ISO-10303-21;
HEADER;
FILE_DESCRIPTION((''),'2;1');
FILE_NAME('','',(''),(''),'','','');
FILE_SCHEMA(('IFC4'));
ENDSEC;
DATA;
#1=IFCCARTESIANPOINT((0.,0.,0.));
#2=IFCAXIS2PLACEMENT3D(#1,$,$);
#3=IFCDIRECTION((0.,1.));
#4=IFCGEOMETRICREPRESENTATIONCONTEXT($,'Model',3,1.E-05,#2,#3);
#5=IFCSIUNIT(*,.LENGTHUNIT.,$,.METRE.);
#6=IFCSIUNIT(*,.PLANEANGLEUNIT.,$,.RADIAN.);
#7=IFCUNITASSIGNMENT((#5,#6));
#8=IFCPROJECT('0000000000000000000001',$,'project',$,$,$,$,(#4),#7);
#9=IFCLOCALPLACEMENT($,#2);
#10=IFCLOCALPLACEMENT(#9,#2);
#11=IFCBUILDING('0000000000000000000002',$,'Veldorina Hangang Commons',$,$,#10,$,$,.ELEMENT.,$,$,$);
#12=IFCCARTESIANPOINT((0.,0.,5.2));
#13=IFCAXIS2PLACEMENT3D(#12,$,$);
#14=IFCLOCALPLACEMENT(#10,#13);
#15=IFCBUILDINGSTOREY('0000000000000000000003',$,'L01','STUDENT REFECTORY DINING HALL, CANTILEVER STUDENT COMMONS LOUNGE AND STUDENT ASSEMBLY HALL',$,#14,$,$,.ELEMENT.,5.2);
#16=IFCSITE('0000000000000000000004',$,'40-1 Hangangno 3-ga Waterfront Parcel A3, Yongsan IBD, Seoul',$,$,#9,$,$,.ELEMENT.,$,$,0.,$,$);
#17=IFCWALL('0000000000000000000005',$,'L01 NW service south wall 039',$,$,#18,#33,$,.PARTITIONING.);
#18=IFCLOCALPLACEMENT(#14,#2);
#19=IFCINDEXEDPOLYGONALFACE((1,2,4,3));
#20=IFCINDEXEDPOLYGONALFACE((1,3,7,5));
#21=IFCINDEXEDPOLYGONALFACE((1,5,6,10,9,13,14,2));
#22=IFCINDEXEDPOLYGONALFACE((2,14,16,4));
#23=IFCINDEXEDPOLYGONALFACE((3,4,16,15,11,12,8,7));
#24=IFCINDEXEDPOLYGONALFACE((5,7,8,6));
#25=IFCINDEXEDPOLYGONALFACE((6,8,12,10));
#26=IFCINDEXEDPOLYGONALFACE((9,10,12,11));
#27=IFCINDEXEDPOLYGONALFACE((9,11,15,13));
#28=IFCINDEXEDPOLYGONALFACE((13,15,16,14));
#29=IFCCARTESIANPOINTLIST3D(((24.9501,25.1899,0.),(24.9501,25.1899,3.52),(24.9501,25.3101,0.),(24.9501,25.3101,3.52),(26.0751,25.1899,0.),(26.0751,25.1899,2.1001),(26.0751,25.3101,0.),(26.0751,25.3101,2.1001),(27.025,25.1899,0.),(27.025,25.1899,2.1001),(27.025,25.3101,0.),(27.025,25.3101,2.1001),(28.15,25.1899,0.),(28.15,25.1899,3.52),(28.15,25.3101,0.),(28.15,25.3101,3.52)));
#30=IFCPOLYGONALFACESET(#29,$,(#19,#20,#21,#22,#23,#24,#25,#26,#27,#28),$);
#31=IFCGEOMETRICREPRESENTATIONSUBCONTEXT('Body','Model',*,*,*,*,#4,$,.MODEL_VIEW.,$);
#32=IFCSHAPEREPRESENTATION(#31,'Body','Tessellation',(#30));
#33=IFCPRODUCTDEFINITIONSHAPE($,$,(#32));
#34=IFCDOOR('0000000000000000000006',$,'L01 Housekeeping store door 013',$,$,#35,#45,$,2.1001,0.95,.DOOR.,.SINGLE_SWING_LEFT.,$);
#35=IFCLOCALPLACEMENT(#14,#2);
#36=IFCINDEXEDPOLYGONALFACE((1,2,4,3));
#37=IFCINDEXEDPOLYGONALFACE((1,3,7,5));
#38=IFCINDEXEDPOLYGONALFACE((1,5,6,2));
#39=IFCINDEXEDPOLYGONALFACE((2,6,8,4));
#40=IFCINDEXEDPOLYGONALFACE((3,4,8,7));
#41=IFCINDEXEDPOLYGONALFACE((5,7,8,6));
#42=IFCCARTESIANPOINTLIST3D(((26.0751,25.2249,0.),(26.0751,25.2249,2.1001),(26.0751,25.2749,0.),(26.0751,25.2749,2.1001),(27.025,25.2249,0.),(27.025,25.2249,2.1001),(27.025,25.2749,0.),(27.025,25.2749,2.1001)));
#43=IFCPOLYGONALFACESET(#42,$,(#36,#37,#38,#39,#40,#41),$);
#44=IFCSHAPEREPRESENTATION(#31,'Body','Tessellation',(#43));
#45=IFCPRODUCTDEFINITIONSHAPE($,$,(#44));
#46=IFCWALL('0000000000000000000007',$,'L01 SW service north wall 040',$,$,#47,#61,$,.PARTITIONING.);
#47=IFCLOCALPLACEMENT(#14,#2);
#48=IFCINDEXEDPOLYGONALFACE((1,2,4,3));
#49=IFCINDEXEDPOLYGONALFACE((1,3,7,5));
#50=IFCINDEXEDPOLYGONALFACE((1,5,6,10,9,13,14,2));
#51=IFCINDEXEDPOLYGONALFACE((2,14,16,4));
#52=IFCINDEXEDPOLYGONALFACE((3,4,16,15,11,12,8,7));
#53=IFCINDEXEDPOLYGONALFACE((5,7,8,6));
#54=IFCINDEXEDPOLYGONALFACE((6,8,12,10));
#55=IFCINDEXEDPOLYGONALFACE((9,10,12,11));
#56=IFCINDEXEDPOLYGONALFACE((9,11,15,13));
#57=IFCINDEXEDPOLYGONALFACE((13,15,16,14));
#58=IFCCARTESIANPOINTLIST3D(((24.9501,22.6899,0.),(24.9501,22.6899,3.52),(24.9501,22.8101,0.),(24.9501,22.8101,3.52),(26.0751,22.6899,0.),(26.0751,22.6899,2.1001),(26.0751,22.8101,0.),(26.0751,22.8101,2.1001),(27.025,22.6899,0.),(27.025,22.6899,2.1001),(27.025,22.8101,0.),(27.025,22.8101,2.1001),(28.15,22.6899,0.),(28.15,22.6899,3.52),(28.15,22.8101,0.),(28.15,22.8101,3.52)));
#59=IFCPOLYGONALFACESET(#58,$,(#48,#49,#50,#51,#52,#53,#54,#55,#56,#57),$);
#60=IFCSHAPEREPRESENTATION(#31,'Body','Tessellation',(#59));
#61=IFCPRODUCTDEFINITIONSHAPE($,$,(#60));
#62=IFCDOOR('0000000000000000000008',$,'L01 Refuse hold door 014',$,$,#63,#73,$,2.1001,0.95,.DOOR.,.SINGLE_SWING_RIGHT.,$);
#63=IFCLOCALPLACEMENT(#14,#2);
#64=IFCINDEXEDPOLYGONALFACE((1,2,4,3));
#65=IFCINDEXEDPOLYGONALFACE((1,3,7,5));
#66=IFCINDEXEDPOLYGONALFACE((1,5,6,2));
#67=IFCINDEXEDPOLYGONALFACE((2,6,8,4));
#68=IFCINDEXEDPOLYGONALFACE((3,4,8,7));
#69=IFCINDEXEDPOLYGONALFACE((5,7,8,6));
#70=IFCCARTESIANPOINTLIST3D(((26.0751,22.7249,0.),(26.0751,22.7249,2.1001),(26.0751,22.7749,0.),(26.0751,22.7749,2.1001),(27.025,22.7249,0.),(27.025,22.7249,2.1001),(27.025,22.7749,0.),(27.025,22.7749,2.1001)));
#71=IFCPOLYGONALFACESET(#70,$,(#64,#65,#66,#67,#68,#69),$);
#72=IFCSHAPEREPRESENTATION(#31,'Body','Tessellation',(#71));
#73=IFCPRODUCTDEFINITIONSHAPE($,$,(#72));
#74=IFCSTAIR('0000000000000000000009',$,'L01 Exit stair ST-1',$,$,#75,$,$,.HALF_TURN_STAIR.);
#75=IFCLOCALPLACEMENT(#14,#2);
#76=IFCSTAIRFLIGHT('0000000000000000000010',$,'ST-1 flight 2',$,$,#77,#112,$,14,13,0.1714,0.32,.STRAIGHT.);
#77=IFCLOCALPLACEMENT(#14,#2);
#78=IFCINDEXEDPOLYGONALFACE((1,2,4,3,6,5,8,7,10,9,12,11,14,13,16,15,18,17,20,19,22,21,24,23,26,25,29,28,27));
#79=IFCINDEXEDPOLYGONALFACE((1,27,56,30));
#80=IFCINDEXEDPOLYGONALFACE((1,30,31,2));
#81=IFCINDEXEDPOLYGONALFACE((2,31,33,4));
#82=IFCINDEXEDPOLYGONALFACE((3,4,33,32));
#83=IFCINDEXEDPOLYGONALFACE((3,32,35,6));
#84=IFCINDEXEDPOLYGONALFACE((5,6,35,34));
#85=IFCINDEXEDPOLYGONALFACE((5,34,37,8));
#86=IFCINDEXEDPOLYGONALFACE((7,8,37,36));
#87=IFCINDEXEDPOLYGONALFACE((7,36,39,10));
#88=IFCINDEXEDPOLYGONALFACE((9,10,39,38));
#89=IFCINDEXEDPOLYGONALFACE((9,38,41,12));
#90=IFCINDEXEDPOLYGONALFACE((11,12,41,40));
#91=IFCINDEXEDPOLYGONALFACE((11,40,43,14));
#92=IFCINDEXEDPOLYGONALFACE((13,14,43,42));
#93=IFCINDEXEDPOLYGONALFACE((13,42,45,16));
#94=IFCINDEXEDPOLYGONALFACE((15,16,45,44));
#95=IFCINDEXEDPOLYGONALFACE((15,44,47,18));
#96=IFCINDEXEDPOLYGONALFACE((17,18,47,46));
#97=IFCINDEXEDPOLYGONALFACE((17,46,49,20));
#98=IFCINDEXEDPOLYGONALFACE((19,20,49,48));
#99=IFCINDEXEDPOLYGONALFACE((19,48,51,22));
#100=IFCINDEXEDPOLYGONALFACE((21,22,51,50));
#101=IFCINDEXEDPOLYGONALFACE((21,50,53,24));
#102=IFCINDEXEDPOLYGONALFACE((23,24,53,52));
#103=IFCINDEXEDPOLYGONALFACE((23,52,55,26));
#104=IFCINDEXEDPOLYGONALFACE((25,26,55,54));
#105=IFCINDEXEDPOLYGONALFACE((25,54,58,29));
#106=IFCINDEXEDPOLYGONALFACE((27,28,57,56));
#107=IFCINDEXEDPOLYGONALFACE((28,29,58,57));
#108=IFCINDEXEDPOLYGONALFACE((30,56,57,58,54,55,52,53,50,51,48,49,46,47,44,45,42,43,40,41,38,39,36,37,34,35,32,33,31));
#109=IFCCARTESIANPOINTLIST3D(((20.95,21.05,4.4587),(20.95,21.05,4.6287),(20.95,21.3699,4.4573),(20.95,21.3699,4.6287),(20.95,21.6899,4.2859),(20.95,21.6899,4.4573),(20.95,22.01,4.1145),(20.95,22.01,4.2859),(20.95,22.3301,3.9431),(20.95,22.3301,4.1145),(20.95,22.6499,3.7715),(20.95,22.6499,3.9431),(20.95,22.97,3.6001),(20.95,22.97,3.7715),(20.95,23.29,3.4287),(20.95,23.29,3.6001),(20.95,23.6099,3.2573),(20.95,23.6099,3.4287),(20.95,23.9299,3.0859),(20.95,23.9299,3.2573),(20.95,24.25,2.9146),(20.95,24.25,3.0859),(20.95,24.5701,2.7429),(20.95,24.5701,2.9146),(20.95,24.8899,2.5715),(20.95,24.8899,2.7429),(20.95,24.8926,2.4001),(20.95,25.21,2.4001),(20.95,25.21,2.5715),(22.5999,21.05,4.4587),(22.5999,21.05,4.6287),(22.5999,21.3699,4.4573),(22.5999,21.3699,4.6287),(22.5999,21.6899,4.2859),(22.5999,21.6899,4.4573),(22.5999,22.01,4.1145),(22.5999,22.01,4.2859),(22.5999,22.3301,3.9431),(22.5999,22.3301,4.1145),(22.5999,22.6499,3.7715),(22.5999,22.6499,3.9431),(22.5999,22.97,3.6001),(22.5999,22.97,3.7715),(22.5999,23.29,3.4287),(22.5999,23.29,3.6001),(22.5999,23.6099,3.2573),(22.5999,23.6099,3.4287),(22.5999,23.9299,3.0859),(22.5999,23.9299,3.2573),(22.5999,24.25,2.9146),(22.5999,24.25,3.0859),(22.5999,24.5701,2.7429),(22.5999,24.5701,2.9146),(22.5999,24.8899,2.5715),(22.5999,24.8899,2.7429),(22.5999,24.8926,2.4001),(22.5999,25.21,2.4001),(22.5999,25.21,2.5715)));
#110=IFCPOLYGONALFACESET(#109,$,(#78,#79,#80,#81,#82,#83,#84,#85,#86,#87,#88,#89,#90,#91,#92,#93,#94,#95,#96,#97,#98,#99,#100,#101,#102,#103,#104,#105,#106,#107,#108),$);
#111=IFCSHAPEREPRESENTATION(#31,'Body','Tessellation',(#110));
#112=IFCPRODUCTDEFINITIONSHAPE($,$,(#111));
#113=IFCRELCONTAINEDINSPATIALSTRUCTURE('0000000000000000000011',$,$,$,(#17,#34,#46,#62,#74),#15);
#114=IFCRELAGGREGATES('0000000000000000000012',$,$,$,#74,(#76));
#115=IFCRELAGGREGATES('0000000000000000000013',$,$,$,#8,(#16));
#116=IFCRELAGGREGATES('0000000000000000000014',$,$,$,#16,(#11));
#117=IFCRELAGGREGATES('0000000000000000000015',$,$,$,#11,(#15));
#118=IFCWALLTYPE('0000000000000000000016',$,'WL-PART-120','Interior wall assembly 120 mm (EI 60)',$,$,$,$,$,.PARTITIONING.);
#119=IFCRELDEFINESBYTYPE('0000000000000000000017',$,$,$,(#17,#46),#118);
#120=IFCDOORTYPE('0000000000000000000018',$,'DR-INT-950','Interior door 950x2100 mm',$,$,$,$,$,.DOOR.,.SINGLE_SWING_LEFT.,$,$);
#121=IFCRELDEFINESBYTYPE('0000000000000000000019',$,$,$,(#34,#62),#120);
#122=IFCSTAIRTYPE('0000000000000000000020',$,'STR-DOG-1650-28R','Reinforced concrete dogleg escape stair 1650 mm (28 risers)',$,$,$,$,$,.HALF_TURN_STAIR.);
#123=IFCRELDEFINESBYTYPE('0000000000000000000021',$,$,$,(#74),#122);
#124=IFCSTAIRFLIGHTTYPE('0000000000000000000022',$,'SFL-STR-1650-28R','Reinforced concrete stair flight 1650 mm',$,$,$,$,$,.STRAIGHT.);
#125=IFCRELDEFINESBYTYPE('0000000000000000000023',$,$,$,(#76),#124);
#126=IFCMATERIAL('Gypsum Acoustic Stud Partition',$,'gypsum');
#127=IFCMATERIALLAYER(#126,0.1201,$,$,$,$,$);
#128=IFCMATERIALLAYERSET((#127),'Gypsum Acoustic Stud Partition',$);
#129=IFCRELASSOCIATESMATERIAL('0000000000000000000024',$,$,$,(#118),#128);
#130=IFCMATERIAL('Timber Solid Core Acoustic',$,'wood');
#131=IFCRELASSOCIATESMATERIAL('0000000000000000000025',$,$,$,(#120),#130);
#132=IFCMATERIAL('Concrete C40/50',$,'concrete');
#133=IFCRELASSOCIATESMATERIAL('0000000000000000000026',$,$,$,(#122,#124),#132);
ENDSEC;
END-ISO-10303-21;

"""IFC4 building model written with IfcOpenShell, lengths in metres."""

from ifc_helpers import new_model, si_unit, direction, frame, frame_2d, origin, place, context, subcontext, project, spatial, polyline, rectangle, outline, extrude, material, layer, layer_set, type_object, element, fill, aggregate, save


model = new_model("IFC4")

# Units and contexts
model_context = context("Model", 3, precision=1e-05, world=origin(), true_north=direction((0.0, 1.0)))
body_context = subcontext(model_context, "Body", "Model", "MODEL_VIEW")
ifc_project = project(units=[si_unit("LENGTHUNIT", "METRE"), si_unit("PLANEANGLEUNIT", "RADIAN")], contexts=[model_context])

# Site, building, storey
site_placement = place(None, origin())
site = spatial("IfcSite", under=ifc_project, at=site_placement, Name="40-1 Hangangno 3-ga Waterfront Parcel A3, Yongsan IBD, Seoul", CompositionType="ELEMENT", RefElevation=0.0)
building_placement = place(site_placement, origin())
building = spatial("IfcBuilding", under=site, at=building_placement, Name="Veldorina Hangang Commons", CompositionType="ELEMENT")
storey_placement = place(building_placement, frame((0.0, 0.0, 5.2)))
storey = spatial("IfcBuildingStorey", under=building, at=storey_placement, Name="L01", Description="STUDENT REFECTORY DINING HALL, CANTILEVER STUDENT COMMONS LOUNGE AND STUDENT ASSEMBLY HALL", CompositionType="ELEMENT", Elevation=5.2)

# Walls, openings, doors
ifc_material_1 = material(Name="Gypsum Acoustic Stud Partition", Category="gypsum")
ifc_layer_1 = layer(ifc_material_1, 0.1201)
ifc_layer_set_1 = layer_set([ifc_layer_1], Name="Gypsum Acoustic Stud Partition")
wall_type_1 = type_object("IfcWallType", Name="WL-PART-120", Description="Interior wall assembly 120 mm (EI 60)", PredefinedType="PARTITIONING", material=ifc_layer_set_1)
wall_1_placement = place(storey_placement, frame((24.95, 25.25, 0.0), z_axis=(0.0, 0.0, 1.0), x_axis=(1.0, 0.0, 0.0)))
wall_1 = element("IfcWall", 1, at=wall_1_placement, inside=storey, type_object=wall_type_1, Name="L01 NW service south wall 039", PredefinedType="PARTITIONING", context=body_context, shape_type="SweptSolid", body=[
    extrude(rectangle(XDim=3.2, YDim=0.1201, at=frame_2d((1.6001, 0.0))), origin(), (0.0, 0.0, 1.0), 3.52),
])
opening_1_placement = place(wall_1_placement, frame((1.125, 0.0, 0.0)))
opening_1 = element("IfcOpeningElement", 2, at=opening_1_placement, cuts=wall_1, PredefinedType="OPENING", context=body_context, shape_type="SweptSolid", body=[
    extrude(rectangle(XDim=0.95, YDim=2.1001, at=frame_2d((0.4751, 1.05))), frame((0.0, 0.0701, 0.0), z_axis=(0.0, -1.0, 0.0), x_axis=(1.0, 0.0, 0.0)), (0.0, 0.0, 1.0), 0.1401),
])
ifc_material_2 = material(Name="Timber Solid Core Acoustic", Category="wood")
door_type_1 = type_object("IfcDoorType", Name="DR-INT-950", Description="Interior door 950x2100 mm", OperationType="SINGLE_SWING_LEFT", PredefinedType="DOOR", material=ifc_material_2)
door_1_placement = place(opening_1_placement, origin())
door_1 = element("IfcDoor", 3, at=door_1_placement, inside=storey, type_object=door_type_1, Name="L01 Housekeeping store door 013", OperationType="SINGLE_SWING_LEFT", OverallHeight=2.1001, OverallWidth=0.95, PredefinedType="DOOR", context=body_context, shape_type="SweptSolid", body=[
    extrude(rectangle(XDim=0.95, YDim=2.1001, at=frame_2d((0.4751, 1.05))), frame((0.0, 0.0249, 0.0), z_axis=(0.0, -1.0, 0.0), x_axis=(1.0, 0.0, 0.0)), (0.0, 0.0, 1.0), 0.05),
])
fill(opening_1, door_1)
wall_2_placement = place(storey_placement, frame((24.95, 22.75, 0.0), z_axis=(0.0, 0.0, 1.0), x_axis=(1.0, 0.0, 0.0)))
wall_2 = element("IfcWall", 4, at=wall_2_placement, inside=storey, type_object=wall_type_1, Name="L01 SW service north wall 040", PredefinedType="PARTITIONING", context=body_context, shape_type="SweptSolid", body=[
    extrude(rectangle(XDim=3.2, YDim=0.1201, at=frame_2d((1.6001, 0.0))), origin(), (0.0, 0.0, 1.0), 3.52),
])
opening_2_placement = place(wall_2_placement, frame((1.125, 0.0, 0.0)))
opening_2 = element("IfcOpeningElement", 5, at=opening_2_placement, cuts=wall_2, PredefinedType="OPENING", context=body_context, shape_type="SweptSolid", body=[
    extrude(rectangle(XDim=0.95, YDim=2.1001, at=frame_2d((0.4751, 1.05))), frame((0.0, 0.0701, 0.0), z_axis=(0.0, -1.0, 0.0), x_axis=(1.0, 0.0, 0.0)), (0.0, 0.0, 1.0), 0.1401),
])
door_2_placement = place(opening_2_placement, origin())
door_2 = element("IfcDoor", 6, at=door_2_placement, inside=storey, type_object=door_type_1, Name="L01 Refuse hold door 014", OperationType="SINGLE_SWING_RIGHT", OverallHeight=2.1001, OverallWidth=0.95, PredefinedType="DOOR", context=body_context, shape_type="SweptSolid", body=[
    extrude(rectangle(XDim=0.95, YDim=2.1001, at=frame_2d((0.4751, 1.05))), frame((0.0, 0.0249, 0.0), z_axis=(0.0, -1.0, 0.0), x_axis=(1.0, 0.0, 0.0)), (0.0, 0.0, 1.0), 0.05),
])
fill(opening_2, door_2)

# Stair, stair flight
ifc_material_3 = material(Name="Concrete C40/50", Category="concrete")
stair_type = type_object("IfcStairType", Name="STR-DOG-1650-28R", Description="Reinforced concrete dogleg escape stair 1650 mm (28 risers)", PredefinedType="HALF_TURN_STAIR", material=ifc_material_3)
stair_placement = place(storey_placement, origin())
stair = element("IfcStair", 7, at=stair_placement, inside=storey, type_object=stair_type, Name="L01 Exit stair ST-1", PredefinedType="HALF_TURN_STAIR")
stair_flight_type = type_object("IfcStairFlightType", Name="SFL-STR-1650-28R", Description="Reinforced concrete stair flight 1650 mm", PredefinedType="STRAIGHT", material=ifc_material_3)
stair_flight_placement = place(storey_placement, frame((21.7749, 25.21, 2.4001), z_axis=(0.0, 0.0, 1.0), x_axis=(0.0, -1.0, 0.0)))
stair_flight = element("IfcStairFlight", 8, at=stair_flight_placement, type_object=stair_flight_type, Name="ST-1 flight 2", NumberOfRisers=14, NumberOfTreads=13, PredefinedType="STRAIGHT", RiserHeight=0.1714, TreadLength=0.32, context=body_context, shape_type="SweptSolid", body=[
    extrude(outline(polyline([(0.0, 0.0), (0.0, 0.1714), (0.3201, 0.1714), (0.3201, 0.3428), (0.6399, 0.3428), (0.6399, 0.5144), (0.96, 0.5144), (0.96, 0.6858), (1.28, 0.6858), (1.28, 0.8572), (1.6001, 0.8572), (1.6001, 1.0286), (1.9199, 1.0286), (1.9199, 1.2), (2.24, 1.2), (2.24, 1.3713), (2.5601, 1.3713), (2.5601, 1.543), (2.8799, 1.543), (2.8799, 1.7144), (3.2, 1.7144), (3.2, 1.8857), (3.52, 1.8857), (3.52, 2.0571), (3.8401, 2.0571), (3.8401, 2.2285), (4.1599, 2.2285), (4.1599, 2.3999), (4.1599, 2.0586), (0.3174, 0.0), (0.0, 0.0)])), frame((0.0, 0.825, 0.0), z_axis=(0.0, -1.0, 0.0), x_axis=(1.0, 0.0, 0.0)), (0.0, 0.0, 1.0), 1.6499),
])
aggregate(stair, [stair_flight])

save(model, "model.ifc")
